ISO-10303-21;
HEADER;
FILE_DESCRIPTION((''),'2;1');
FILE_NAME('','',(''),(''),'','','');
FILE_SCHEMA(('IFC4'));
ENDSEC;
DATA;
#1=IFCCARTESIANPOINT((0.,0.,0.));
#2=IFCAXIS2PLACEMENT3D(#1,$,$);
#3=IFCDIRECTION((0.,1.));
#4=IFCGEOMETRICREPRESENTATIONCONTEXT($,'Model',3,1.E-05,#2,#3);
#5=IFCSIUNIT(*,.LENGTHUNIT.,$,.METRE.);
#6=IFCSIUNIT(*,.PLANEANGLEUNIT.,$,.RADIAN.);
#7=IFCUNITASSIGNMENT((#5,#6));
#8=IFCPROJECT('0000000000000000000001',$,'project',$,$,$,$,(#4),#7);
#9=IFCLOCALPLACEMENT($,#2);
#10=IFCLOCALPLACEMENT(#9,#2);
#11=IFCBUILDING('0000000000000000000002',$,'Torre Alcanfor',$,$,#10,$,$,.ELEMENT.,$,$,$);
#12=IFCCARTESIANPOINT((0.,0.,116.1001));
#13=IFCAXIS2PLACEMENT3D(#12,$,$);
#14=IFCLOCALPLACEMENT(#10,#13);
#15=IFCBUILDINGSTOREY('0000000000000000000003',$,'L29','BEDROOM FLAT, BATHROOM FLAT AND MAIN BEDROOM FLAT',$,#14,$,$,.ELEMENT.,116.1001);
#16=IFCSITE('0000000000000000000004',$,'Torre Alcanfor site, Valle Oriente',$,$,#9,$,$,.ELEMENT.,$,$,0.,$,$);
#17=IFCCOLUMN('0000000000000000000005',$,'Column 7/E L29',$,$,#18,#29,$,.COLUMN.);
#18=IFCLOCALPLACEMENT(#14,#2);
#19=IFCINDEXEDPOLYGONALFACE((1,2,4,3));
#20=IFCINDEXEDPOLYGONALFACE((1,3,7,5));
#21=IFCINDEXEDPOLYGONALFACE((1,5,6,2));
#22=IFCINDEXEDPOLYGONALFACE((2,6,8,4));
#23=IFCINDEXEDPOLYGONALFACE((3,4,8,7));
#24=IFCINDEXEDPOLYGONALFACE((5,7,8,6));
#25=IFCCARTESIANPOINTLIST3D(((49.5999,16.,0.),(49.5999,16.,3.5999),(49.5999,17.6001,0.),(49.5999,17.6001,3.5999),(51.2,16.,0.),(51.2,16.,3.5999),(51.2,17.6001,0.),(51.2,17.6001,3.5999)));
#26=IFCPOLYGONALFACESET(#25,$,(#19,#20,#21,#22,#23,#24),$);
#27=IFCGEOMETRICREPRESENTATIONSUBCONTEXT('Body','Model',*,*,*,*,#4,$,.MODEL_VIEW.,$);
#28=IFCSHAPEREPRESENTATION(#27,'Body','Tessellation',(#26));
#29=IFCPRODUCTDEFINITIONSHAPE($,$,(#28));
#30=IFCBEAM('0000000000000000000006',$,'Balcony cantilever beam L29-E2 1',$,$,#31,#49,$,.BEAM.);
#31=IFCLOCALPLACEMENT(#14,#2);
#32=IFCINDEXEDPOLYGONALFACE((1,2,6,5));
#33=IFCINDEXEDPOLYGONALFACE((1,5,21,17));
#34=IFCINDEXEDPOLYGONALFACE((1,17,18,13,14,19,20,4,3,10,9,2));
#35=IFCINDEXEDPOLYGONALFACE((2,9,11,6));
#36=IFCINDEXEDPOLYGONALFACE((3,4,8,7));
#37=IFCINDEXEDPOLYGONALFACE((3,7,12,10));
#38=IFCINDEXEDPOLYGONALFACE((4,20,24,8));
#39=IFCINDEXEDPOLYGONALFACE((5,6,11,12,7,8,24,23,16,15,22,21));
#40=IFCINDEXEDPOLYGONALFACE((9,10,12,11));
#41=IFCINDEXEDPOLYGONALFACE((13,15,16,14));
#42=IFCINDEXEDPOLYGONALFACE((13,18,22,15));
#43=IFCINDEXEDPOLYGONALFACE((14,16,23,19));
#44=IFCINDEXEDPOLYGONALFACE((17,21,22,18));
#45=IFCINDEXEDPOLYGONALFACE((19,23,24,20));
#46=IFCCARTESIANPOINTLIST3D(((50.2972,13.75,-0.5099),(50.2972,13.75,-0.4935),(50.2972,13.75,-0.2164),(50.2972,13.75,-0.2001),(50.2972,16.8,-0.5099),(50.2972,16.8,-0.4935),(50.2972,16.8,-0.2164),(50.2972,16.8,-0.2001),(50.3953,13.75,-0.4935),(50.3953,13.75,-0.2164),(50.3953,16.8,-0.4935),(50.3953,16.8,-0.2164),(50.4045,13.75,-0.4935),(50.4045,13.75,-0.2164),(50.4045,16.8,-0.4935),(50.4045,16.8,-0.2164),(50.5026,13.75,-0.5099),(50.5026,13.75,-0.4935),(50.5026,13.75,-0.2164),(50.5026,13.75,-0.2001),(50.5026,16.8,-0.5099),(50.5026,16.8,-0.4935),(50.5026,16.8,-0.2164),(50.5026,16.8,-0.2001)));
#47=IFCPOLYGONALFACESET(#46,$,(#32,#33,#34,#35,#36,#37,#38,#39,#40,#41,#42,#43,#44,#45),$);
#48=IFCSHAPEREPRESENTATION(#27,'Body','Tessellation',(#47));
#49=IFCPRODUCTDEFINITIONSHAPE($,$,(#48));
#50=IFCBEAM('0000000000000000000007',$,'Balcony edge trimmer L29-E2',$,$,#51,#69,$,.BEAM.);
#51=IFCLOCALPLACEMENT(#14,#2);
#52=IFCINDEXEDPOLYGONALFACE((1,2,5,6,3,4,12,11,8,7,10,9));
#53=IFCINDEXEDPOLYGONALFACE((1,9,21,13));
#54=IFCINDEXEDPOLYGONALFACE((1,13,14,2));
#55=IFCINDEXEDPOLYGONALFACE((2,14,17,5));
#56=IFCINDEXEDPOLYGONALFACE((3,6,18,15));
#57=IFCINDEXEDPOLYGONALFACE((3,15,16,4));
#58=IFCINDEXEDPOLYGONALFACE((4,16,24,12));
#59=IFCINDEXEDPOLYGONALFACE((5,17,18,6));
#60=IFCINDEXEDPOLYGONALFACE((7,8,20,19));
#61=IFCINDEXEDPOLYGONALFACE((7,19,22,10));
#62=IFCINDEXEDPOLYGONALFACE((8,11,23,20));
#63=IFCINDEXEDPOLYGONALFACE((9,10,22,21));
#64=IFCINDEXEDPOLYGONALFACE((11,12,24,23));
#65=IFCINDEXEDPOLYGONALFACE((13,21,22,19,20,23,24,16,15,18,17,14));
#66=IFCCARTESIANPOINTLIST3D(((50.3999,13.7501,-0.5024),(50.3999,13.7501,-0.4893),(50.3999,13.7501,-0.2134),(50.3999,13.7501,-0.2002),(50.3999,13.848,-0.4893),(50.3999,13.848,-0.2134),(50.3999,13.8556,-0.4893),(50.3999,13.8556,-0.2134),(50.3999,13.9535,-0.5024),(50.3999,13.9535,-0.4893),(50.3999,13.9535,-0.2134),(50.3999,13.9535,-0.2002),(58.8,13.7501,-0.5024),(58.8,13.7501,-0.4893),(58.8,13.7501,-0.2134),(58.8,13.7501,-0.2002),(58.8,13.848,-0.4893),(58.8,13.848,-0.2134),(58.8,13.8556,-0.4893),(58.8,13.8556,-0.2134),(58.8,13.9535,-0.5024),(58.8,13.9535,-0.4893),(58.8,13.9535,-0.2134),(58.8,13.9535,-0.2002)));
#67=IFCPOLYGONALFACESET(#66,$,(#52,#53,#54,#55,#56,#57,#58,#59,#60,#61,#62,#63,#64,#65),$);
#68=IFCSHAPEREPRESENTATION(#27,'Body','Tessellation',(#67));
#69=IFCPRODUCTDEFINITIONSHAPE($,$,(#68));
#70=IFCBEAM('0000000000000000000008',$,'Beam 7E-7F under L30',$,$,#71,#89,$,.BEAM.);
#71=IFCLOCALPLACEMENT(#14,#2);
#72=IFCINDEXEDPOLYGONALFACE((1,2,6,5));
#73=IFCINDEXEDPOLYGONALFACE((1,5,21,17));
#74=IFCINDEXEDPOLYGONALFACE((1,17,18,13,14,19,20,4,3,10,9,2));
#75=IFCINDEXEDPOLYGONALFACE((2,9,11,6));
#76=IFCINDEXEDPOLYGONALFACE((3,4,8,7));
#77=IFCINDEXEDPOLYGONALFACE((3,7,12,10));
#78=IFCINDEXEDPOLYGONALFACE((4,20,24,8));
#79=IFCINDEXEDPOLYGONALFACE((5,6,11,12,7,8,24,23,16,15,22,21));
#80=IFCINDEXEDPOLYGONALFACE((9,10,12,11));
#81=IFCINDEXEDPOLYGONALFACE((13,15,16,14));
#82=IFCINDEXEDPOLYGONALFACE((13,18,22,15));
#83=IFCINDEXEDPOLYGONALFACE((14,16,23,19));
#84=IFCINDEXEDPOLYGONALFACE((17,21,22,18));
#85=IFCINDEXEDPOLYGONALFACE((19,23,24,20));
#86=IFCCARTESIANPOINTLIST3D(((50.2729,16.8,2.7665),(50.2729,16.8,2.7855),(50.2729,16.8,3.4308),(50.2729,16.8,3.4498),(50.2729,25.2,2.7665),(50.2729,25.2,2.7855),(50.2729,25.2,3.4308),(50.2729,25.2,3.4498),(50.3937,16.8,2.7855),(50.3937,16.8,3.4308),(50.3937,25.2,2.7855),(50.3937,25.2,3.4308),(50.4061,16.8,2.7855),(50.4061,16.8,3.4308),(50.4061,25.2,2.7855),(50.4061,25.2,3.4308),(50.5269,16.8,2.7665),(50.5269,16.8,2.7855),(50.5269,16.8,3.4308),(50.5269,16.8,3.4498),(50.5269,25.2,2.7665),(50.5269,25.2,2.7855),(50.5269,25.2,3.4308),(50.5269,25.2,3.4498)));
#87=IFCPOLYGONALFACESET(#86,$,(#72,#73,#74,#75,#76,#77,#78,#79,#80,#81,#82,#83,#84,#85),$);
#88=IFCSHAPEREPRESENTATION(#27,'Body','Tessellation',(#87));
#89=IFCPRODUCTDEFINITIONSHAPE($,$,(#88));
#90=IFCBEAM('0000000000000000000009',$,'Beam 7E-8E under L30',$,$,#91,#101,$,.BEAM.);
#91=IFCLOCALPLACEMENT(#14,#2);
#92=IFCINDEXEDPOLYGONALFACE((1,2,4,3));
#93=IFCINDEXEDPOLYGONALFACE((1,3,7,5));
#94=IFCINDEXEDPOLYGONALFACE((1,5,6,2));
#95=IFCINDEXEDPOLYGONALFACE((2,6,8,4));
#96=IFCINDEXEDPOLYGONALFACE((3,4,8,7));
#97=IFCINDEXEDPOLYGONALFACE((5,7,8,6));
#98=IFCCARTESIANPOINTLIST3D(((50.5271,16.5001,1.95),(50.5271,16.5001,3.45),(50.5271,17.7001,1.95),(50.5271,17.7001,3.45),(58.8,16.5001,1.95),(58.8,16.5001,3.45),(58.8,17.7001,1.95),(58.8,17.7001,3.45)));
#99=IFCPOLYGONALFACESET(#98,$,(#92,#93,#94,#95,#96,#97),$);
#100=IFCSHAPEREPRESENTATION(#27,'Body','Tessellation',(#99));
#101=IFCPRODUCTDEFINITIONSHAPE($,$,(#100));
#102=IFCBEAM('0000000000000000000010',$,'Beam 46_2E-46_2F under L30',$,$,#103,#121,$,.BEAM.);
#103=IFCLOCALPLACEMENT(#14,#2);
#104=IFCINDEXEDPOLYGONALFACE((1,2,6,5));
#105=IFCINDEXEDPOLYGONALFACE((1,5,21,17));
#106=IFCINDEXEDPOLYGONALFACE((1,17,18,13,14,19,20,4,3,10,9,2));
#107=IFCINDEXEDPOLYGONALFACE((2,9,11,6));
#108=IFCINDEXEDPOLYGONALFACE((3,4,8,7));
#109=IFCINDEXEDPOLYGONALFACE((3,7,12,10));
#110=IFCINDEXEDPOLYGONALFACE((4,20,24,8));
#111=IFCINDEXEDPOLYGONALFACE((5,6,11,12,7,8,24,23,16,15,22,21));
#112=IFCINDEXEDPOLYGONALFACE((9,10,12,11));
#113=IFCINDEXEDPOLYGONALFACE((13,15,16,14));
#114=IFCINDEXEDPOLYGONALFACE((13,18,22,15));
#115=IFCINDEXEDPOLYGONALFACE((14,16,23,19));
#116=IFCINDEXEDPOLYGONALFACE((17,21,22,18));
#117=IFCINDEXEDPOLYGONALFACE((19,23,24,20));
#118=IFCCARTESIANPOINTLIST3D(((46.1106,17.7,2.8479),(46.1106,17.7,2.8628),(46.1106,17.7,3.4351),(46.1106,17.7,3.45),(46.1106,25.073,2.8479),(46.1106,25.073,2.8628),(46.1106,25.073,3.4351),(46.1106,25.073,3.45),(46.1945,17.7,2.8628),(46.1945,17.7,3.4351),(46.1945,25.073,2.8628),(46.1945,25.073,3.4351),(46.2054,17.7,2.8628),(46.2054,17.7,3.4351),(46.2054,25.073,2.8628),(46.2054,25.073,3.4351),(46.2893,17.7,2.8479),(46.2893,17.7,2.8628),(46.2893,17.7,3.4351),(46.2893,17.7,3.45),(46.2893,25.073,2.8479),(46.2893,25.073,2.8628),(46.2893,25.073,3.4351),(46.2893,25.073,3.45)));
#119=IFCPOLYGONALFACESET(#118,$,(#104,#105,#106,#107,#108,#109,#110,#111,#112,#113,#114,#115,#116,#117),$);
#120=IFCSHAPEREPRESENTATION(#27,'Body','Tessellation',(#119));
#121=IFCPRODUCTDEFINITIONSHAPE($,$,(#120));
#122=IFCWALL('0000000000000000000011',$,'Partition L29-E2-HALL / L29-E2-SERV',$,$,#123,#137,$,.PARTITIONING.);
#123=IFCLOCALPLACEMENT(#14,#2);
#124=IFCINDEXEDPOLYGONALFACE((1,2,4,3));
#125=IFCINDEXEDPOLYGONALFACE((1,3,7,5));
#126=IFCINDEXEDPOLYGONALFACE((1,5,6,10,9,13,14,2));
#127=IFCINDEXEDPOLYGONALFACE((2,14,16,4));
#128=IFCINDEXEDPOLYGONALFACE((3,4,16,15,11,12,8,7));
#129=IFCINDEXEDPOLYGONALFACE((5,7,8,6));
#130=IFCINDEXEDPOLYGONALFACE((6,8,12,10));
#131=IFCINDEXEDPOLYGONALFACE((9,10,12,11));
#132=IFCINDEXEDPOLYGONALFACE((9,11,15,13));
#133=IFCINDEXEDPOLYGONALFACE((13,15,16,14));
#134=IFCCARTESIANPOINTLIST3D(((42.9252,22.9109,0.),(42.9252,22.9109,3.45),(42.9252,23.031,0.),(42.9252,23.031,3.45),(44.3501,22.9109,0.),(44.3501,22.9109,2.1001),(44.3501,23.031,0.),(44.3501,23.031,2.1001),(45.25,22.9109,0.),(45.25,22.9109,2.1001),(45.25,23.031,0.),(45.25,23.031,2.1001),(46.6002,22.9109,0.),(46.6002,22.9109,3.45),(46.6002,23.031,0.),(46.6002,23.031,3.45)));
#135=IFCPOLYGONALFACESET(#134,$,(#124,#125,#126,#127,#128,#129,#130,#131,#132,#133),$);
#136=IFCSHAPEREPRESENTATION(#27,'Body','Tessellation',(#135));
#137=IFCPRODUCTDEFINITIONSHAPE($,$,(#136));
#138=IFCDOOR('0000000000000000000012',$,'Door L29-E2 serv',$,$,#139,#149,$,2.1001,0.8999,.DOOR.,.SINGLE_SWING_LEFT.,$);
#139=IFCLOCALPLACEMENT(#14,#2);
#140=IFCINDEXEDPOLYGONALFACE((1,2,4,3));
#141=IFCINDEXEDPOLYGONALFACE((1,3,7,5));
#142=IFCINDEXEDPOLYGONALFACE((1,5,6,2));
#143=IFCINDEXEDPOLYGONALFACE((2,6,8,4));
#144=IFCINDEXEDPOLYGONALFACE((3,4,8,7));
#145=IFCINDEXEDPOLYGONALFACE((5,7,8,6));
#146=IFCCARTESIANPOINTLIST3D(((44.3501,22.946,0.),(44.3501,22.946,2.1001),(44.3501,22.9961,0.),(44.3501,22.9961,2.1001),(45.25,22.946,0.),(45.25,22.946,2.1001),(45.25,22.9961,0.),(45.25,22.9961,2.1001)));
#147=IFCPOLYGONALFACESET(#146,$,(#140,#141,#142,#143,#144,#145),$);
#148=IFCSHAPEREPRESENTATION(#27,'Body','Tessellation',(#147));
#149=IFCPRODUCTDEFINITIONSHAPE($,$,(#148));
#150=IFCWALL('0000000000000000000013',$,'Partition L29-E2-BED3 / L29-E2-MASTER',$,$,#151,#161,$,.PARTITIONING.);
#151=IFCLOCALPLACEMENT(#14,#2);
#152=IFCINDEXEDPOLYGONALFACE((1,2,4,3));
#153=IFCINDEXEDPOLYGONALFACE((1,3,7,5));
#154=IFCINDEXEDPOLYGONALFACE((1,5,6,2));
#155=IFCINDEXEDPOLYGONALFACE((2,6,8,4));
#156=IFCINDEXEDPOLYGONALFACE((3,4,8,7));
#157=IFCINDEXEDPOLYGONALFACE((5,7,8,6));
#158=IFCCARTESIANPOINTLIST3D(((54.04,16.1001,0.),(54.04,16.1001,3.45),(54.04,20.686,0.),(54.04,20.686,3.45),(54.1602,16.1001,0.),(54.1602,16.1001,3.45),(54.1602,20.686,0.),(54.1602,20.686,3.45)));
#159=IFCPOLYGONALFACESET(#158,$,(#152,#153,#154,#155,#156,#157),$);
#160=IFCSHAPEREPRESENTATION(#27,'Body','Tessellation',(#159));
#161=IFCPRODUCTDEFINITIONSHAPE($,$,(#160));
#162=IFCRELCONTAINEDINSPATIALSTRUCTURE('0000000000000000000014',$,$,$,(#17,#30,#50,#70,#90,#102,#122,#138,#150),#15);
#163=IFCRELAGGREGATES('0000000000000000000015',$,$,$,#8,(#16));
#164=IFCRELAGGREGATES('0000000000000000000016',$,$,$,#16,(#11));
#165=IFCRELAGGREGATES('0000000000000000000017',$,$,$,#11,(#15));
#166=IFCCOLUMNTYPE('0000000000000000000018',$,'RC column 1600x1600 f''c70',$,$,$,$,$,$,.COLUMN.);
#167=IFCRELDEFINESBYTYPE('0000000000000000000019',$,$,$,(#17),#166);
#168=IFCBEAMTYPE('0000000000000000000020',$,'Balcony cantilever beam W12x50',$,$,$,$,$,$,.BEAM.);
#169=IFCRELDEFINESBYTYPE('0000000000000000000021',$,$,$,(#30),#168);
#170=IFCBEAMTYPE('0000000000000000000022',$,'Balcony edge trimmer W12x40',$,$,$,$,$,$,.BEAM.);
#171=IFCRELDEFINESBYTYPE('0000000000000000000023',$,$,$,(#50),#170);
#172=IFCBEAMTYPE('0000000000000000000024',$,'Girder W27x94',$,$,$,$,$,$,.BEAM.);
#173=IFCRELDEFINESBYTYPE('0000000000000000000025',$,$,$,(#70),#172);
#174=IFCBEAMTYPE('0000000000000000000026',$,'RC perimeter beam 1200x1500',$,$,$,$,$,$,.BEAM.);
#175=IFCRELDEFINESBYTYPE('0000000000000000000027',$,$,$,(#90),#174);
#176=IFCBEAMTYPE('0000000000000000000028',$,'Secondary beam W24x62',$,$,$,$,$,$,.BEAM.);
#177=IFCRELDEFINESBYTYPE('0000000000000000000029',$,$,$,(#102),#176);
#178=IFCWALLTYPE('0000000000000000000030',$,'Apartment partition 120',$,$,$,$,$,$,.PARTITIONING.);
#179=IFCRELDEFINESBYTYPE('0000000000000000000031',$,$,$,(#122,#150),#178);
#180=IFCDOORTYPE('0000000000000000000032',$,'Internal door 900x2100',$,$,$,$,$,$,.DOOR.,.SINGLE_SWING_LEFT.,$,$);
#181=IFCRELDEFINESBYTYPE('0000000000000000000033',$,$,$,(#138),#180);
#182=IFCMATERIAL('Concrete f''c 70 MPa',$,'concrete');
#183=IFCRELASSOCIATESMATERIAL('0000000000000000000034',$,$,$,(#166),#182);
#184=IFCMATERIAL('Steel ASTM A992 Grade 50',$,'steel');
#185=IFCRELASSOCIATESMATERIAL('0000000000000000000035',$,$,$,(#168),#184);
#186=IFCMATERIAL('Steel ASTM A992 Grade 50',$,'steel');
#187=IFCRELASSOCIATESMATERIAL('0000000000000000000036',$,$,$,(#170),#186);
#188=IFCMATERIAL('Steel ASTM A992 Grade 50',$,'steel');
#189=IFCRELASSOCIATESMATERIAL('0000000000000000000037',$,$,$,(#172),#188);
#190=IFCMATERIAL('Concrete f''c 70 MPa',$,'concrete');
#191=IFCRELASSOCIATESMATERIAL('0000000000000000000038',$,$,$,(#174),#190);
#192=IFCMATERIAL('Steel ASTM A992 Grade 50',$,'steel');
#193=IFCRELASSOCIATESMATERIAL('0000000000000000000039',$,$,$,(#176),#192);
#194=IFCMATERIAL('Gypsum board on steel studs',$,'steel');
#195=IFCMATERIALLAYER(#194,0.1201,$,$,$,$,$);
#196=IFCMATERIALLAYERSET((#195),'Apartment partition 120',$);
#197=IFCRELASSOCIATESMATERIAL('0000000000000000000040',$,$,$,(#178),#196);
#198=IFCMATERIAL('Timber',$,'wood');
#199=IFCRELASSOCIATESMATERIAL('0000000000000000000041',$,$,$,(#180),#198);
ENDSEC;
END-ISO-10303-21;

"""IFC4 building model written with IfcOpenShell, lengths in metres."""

from ifc_helpers import new_model, si_unit, direction, frame, frame_2d, origin, origin_2d, place, context, subcontext, project, spatial, rectangle, i_section, extrude, material, layer, layer_set, material_profile, profile_set, type_object, element, fill, save


model = new_model("IFC4")

# Units and contexts
model_context = context("Model", 3, precision=1e-05, world=origin(), true_north=direction((0.0, 1.0)))
body_context = subcontext(model_context, "Body", "Model", "MODEL_VIEW")
ifc_project = project(units=[si_unit("LENGTHUNIT", "METRE"), si_unit("PLANEANGLEUNIT", "RADIAN")], contexts=[model_context])

# Site, building, storey
site_placement = place(None, origin())
site = spatial("IfcSite", under=ifc_project, at=site_placement, Name="Torre Alcanfor site, Valle Oriente", CompositionType="ELEMENT", RefElevation=0.0)
building_placement = place(site_placement, origin())
building = spatial("IfcBuilding", under=site, at=building_placement, Name="Torre Alcanfor", CompositionType="ELEMENT")
storey_placement = place(building_placement, frame((0.0, 0.0, 116.1001)))
storey = spatial("IfcBuildingStorey", under=building, at=storey_placement, Name="L29", Description="BEDROOM FLAT, BATHROOM FLAT AND MAIN BEDROOM FLAT", CompositionType="ELEMENT", Elevation=116.1001)

# Column
ifc_material_1 = material(Name="Concrete f'c 70 MPa", Category="concrete")
ifc_material_profile_1 = material_profile(ifc_material_1, rectangle(XDim=1.6001, YDim=1.6001, at=origin_2d()), Name="1600x1600")
ifc_profile_set_1 = profile_set([ifc_material_profile_1], Name="Concrete f'c 70 MPa")
column_type = type_object("IfcColumnType", Name="RC column 1600x1600 f'c70", PredefinedType="COLUMN", material=ifc_profile_set_1)
column_placement = place(storey_placement, frame((50.3999, 16.8, 0.0), z_axis=(0.0, 0.0, 1.0), x_axis=(1.0, 0.0, 0.0)))
element("IfcColumn", 1, at=column_placement, inside=storey, type_object=column_type, Name="Column 7/E L29", PredefinedType="COLUMN", context=body_context, shape_type="SweptSolid", body=[
    extrude(rectangle(XDim=1.6001, YDim=1.6001, at=origin_2d()), origin(), (0.0, 0.0, 1.0), 3.5999),
])

# Beams
ifc_material_2 = material(Name="Steel ASTM A992 Grade 50", Category="steel")
ifc_material_profile_2 = material_profile(ifc_material_2, i_section(OverallWidth=0.2053, OverallDepth=0.3098, WebThickness=0.0093, FlangeThickness=0.0164, at=origin_2d()), Name="W12x50")
ifc_profile_set_2 = profile_set([ifc_material_profile_2], Name="Steel ASTM A992 Grade 50")
beam_type_1 = type_object("IfcBeamType", Name="Balcony cantilever beam W12x50", PredefinedType="BEAM", material=ifc_profile_set_2)
beam_1_placement = place(storey_placement, frame((50.3999, 16.8, -0.355), z_axis=(0.0, -1.0, 0.0), x_axis=(1.0, 0.0, 0.0)))
element("IfcBeam", 2, at=beam_1_placement, inside=storey, type_object=beam_type_1, Name="Balcony cantilever beam L29-E2 1", PredefinedType="BEAM", context=body_context, shape_type="SweptSolid", body=[
    extrude(i_section(OverallWidth=0.2053, OverallDepth=0.3098, WebThickness=0.0093, FlangeThickness=0.0164, at=origin_2d()), origin(), (0.0, 0.0, 1.0), 3.05),
])
ifc_material_3 = material(Name="Steel ASTM A992 Grade 50", Category="steel")
ifc_material_profile_3 = material_profile(ifc_material_3, i_section(OverallWidth=0.2034, OverallDepth=0.3022, WebThickness=0.0076, FlangeThickness=0.0132, at=origin_2d()), Name="W12x40")
ifc_profile_set_3 = profile_set([ifc_material_profile_3], Name="Steel ASTM A992 Grade 50")
beam_type_2 = type_object("IfcBeamType", Name="Balcony edge trimmer W12x40", PredefinedType="BEAM", material=ifc_profile_set_3)
beam_2_placement = place(storey_placement, frame((50.3999, 13.8518, -0.3513), z_axis=(1.0, 0.0, 0.0), x_axis=(0.0, 1.0, 0.0)))
element("IfcBeam", 3, at=beam_2_placement, inside=storey, type_object=beam_type_2, Name="Balcony edge trimmer L29-E2", PredefinedType="BEAM", context=body_context, shape_type="SweptSolid", body=[
    extrude(i_section(OverallWidth=0.2034, OverallDepth=0.3022, WebThickness=0.0076, FlangeThickness=0.0132, at=origin_2d()), origin(), (0.0, 0.0, 1.0), 8.4001),
])
ifc_material_4 = material(Name="Steel ASTM A992 Grade 50", Category="steel")
ifc_material_profile_4 = material_profile(ifc_material_4, i_section(OverallWidth=0.2539, OverallDepth=0.6833, WebThickness=0.0125, FlangeThickness=0.019, at=origin_2d()), Name="W27x94")
ifc_profile_set_4 = profile_set([ifc_material_profile_4], Name="Steel ASTM A992 Grade 50")
beam_type_3 = type_object("IfcBeamType", Name="Girder W27x94", PredefinedType="BEAM", material=ifc_profile_set_4)
beam_3_placement = place(storey_placement, frame((50.3999, 16.8, 3.1082), z_axis=(0.0, 1.0, 0.0), x_axis=(-1.0, 0.0, 0.0)))
element("IfcBeam", 4, at=beam_3_placement, inside=storey, type_object=beam_type_3, Name="Beam 7E-7F under L30", PredefinedType="BEAM", context=body_context, shape_type="SweptSolid", body=[
    extrude(i_section(OverallWidth=0.2539, OverallDepth=0.6833, WebThickness=0.0125, FlangeThickness=0.019, at=origin_2d()), origin(), (0.0, 0.0, 1.0), 8.3999),
])
ifc_material_5 = material(Name="Concrete f'c 70 MPa", Category="concrete")
ifc_material_profile_5 = material_profile(ifc_material_5, rectangle(XDim=1.2, YDim=1.5, at=origin_2d()), Name="1200x1500")
ifc_profile_set_5 = profile_set([ifc_material_profile_5], Name="Concrete f'c 70 MPa")
beam_type_4 = type_object("IfcBeamType", Name="RC perimeter beam 1200x1500", PredefinedType="BEAM", material=ifc_profile_set_5)
beam_4_placement = place(storey_placement, frame((50.5271, 17.1001, 2.7), z_axis=(1.0, 0.0, 0.0), x_axis=(0.0, 1.0, 0.0)))
element("IfcBeam", 5, at=beam_4_placement, inside=storey, type_object=beam_type_4, Name="Beam 7E-8E under L30", PredefinedType="BEAM", context=body_context, shape_type="SweptSolid", body=[
    extrude(rectangle(XDim=1.2, YDim=1.5, at=origin_2d()), origin(), (0.0, 0.0, 1.0), 8.2729),
])
ifc_material_6 = material(Name="Steel ASTM A992 Grade 50", Category="steel")
ifc_material_profile_6 = material_profile(ifc_material_6, i_section(OverallWidth=0.1787, OverallDepth=0.6021, WebThickness=0.011, FlangeThickness=0.0149, at=origin_2d()), Name="W24x62")
ifc_profile_set_6 = profile_set([ifc_material_profile_6], Name="Steel ASTM A992 Grade 50")
beam_type_5 = type_object("IfcBeamType", Name="Secondary beam W24x62", PredefinedType="BEAM", material=ifc_profile_set_6)
beam_5_placement = place(storey_placement, frame((46.2, 17.7, 3.1489), z_axis=(0.0, 1.0, 0.0), x_axis=(-1.0, 0.0, 0.0)))
element("IfcBeam", 6, at=beam_5_placement, inside=storey, type_object=beam_type_5, Name="Beam 46_2E-46_2F under L30", PredefinedType="BEAM", context=body_context, shape_type="SweptSolid", body=[
    extrude(i_section(OverallWidth=0.1787, OverallDepth=0.6021, WebThickness=0.011, FlangeThickness=0.0149, at=origin_2d()), origin(), (0.0, 0.0, 1.0), 7.373),
])

# Wall, opening, door
ifc_material_7 = material(Name="Gypsum board on steel studs", Category="steel")
ifc_layer_1 = layer(ifc_material_7, 0.1201)
ifc_layer_set_1 = layer_set([ifc_layer_1], Name="Apartment partition 120")
wall_type_1 = type_object("IfcWallType", Name="Apartment partition 120", PredefinedType="PARTITIONING", material=ifc_layer_set_1)
wall_1_placement = place(storey_placement, frame((46.6001, 22.9709, 0.0), z_axis=(0.0, 0.0, 1.0), x_axis=(-1.0, 0.0, 0.0)))
wall_1 = element("IfcWall", 7, at=wall_1_placement, inside=storey, type_object=wall_type_1, Name="Partition L29-E2-HALL / L29-E2-SERV", PredefinedType="PARTITIONING", context=body_context, shape_type="SweptSolid", body=[
    extrude(rectangle(XDim=3.675, YDim=0.1201, at=frame_2d((1.8374, 0.0))), origin(), (0.0, 0.0, 1.0), 3.45),
])
opening_1_placement = place(wall_1_placement, frame((1.3501, 0.0, 0.0)))
opening_1 = element("IfcOpeningElement", 8, at=opening_1_placement, cuts=wall_1, PredefinedType="OPENING", context=body_context, shape_type="SweptSolid", body=[
    extrude(rectangle(XDim=0.8999, YDim=2.1001, at=frame_2d((0.45, 1.05))), frame((0.0, 0.0701, 0.0), z_axis=(0.0, -1.0, 0.0), x_axis=(1.0, 0.0, 0.0)), (0.0, 0.0, 1.0), 0.1401),
])
ifc_material_8 = material(Name="Timber", Category="wood")
door_type_1 = type_object("IfcDoorType", Name="Internal door 900x2100", OperationType="SINGLE_SWING_LEFT", PredefinedType="DOOR", material=ifc_material_8)
door_1_placement = place(opening_1_placement, origin())
door_1 = element("IfcDoor", 9, at=door_1_placement, inside=storey, type_object=door_type_1, Name="Door L29-E2 serv", OperationType="SINGLE_SWING_LEFT", OverallHeight=2.1001, OverallWidth=0.8999, PredefinedType="DOOR", context=body_context, shape_type="SweptSolid", body=[
    extrude(rectangle(XDim=0.8999, YDim=2.1001, at=frame_2d((0.45, 1.05))), frame((0.0, 0.0249, 0.0), z_axis=(0.0, -1.0, 0.0), x_axis=(1.0, 0.0, 0.0)), (0.0, 0.0, 1.0), 0.05),
])
fill(opening_1, door_1)

# Wall
wall_2_placement = place(storey_placement, frame((54.1001, 20.686, 0.0), z_axis=(0.0, 0.0, 1.0), x_axis=(0.0, -1.0, 0.0)))
element("IfcWall", 10, at=wall_2_placement, inside=storey, type_object=wall_type_1, Name="Partition L29-E2-BED3 / L29-E2-MASTER", PredefinedType="PARTITIONING", context=body_context, shape_type="SweptSolid", body=[
    extrude(rectangle(XDim=4.5859, YDim=0.1201, at=frame_2d((2.293, 0.0))), origin(), (0.0, 0.0, 1.0), 3.45),
])

save(model, "model.ifc")
